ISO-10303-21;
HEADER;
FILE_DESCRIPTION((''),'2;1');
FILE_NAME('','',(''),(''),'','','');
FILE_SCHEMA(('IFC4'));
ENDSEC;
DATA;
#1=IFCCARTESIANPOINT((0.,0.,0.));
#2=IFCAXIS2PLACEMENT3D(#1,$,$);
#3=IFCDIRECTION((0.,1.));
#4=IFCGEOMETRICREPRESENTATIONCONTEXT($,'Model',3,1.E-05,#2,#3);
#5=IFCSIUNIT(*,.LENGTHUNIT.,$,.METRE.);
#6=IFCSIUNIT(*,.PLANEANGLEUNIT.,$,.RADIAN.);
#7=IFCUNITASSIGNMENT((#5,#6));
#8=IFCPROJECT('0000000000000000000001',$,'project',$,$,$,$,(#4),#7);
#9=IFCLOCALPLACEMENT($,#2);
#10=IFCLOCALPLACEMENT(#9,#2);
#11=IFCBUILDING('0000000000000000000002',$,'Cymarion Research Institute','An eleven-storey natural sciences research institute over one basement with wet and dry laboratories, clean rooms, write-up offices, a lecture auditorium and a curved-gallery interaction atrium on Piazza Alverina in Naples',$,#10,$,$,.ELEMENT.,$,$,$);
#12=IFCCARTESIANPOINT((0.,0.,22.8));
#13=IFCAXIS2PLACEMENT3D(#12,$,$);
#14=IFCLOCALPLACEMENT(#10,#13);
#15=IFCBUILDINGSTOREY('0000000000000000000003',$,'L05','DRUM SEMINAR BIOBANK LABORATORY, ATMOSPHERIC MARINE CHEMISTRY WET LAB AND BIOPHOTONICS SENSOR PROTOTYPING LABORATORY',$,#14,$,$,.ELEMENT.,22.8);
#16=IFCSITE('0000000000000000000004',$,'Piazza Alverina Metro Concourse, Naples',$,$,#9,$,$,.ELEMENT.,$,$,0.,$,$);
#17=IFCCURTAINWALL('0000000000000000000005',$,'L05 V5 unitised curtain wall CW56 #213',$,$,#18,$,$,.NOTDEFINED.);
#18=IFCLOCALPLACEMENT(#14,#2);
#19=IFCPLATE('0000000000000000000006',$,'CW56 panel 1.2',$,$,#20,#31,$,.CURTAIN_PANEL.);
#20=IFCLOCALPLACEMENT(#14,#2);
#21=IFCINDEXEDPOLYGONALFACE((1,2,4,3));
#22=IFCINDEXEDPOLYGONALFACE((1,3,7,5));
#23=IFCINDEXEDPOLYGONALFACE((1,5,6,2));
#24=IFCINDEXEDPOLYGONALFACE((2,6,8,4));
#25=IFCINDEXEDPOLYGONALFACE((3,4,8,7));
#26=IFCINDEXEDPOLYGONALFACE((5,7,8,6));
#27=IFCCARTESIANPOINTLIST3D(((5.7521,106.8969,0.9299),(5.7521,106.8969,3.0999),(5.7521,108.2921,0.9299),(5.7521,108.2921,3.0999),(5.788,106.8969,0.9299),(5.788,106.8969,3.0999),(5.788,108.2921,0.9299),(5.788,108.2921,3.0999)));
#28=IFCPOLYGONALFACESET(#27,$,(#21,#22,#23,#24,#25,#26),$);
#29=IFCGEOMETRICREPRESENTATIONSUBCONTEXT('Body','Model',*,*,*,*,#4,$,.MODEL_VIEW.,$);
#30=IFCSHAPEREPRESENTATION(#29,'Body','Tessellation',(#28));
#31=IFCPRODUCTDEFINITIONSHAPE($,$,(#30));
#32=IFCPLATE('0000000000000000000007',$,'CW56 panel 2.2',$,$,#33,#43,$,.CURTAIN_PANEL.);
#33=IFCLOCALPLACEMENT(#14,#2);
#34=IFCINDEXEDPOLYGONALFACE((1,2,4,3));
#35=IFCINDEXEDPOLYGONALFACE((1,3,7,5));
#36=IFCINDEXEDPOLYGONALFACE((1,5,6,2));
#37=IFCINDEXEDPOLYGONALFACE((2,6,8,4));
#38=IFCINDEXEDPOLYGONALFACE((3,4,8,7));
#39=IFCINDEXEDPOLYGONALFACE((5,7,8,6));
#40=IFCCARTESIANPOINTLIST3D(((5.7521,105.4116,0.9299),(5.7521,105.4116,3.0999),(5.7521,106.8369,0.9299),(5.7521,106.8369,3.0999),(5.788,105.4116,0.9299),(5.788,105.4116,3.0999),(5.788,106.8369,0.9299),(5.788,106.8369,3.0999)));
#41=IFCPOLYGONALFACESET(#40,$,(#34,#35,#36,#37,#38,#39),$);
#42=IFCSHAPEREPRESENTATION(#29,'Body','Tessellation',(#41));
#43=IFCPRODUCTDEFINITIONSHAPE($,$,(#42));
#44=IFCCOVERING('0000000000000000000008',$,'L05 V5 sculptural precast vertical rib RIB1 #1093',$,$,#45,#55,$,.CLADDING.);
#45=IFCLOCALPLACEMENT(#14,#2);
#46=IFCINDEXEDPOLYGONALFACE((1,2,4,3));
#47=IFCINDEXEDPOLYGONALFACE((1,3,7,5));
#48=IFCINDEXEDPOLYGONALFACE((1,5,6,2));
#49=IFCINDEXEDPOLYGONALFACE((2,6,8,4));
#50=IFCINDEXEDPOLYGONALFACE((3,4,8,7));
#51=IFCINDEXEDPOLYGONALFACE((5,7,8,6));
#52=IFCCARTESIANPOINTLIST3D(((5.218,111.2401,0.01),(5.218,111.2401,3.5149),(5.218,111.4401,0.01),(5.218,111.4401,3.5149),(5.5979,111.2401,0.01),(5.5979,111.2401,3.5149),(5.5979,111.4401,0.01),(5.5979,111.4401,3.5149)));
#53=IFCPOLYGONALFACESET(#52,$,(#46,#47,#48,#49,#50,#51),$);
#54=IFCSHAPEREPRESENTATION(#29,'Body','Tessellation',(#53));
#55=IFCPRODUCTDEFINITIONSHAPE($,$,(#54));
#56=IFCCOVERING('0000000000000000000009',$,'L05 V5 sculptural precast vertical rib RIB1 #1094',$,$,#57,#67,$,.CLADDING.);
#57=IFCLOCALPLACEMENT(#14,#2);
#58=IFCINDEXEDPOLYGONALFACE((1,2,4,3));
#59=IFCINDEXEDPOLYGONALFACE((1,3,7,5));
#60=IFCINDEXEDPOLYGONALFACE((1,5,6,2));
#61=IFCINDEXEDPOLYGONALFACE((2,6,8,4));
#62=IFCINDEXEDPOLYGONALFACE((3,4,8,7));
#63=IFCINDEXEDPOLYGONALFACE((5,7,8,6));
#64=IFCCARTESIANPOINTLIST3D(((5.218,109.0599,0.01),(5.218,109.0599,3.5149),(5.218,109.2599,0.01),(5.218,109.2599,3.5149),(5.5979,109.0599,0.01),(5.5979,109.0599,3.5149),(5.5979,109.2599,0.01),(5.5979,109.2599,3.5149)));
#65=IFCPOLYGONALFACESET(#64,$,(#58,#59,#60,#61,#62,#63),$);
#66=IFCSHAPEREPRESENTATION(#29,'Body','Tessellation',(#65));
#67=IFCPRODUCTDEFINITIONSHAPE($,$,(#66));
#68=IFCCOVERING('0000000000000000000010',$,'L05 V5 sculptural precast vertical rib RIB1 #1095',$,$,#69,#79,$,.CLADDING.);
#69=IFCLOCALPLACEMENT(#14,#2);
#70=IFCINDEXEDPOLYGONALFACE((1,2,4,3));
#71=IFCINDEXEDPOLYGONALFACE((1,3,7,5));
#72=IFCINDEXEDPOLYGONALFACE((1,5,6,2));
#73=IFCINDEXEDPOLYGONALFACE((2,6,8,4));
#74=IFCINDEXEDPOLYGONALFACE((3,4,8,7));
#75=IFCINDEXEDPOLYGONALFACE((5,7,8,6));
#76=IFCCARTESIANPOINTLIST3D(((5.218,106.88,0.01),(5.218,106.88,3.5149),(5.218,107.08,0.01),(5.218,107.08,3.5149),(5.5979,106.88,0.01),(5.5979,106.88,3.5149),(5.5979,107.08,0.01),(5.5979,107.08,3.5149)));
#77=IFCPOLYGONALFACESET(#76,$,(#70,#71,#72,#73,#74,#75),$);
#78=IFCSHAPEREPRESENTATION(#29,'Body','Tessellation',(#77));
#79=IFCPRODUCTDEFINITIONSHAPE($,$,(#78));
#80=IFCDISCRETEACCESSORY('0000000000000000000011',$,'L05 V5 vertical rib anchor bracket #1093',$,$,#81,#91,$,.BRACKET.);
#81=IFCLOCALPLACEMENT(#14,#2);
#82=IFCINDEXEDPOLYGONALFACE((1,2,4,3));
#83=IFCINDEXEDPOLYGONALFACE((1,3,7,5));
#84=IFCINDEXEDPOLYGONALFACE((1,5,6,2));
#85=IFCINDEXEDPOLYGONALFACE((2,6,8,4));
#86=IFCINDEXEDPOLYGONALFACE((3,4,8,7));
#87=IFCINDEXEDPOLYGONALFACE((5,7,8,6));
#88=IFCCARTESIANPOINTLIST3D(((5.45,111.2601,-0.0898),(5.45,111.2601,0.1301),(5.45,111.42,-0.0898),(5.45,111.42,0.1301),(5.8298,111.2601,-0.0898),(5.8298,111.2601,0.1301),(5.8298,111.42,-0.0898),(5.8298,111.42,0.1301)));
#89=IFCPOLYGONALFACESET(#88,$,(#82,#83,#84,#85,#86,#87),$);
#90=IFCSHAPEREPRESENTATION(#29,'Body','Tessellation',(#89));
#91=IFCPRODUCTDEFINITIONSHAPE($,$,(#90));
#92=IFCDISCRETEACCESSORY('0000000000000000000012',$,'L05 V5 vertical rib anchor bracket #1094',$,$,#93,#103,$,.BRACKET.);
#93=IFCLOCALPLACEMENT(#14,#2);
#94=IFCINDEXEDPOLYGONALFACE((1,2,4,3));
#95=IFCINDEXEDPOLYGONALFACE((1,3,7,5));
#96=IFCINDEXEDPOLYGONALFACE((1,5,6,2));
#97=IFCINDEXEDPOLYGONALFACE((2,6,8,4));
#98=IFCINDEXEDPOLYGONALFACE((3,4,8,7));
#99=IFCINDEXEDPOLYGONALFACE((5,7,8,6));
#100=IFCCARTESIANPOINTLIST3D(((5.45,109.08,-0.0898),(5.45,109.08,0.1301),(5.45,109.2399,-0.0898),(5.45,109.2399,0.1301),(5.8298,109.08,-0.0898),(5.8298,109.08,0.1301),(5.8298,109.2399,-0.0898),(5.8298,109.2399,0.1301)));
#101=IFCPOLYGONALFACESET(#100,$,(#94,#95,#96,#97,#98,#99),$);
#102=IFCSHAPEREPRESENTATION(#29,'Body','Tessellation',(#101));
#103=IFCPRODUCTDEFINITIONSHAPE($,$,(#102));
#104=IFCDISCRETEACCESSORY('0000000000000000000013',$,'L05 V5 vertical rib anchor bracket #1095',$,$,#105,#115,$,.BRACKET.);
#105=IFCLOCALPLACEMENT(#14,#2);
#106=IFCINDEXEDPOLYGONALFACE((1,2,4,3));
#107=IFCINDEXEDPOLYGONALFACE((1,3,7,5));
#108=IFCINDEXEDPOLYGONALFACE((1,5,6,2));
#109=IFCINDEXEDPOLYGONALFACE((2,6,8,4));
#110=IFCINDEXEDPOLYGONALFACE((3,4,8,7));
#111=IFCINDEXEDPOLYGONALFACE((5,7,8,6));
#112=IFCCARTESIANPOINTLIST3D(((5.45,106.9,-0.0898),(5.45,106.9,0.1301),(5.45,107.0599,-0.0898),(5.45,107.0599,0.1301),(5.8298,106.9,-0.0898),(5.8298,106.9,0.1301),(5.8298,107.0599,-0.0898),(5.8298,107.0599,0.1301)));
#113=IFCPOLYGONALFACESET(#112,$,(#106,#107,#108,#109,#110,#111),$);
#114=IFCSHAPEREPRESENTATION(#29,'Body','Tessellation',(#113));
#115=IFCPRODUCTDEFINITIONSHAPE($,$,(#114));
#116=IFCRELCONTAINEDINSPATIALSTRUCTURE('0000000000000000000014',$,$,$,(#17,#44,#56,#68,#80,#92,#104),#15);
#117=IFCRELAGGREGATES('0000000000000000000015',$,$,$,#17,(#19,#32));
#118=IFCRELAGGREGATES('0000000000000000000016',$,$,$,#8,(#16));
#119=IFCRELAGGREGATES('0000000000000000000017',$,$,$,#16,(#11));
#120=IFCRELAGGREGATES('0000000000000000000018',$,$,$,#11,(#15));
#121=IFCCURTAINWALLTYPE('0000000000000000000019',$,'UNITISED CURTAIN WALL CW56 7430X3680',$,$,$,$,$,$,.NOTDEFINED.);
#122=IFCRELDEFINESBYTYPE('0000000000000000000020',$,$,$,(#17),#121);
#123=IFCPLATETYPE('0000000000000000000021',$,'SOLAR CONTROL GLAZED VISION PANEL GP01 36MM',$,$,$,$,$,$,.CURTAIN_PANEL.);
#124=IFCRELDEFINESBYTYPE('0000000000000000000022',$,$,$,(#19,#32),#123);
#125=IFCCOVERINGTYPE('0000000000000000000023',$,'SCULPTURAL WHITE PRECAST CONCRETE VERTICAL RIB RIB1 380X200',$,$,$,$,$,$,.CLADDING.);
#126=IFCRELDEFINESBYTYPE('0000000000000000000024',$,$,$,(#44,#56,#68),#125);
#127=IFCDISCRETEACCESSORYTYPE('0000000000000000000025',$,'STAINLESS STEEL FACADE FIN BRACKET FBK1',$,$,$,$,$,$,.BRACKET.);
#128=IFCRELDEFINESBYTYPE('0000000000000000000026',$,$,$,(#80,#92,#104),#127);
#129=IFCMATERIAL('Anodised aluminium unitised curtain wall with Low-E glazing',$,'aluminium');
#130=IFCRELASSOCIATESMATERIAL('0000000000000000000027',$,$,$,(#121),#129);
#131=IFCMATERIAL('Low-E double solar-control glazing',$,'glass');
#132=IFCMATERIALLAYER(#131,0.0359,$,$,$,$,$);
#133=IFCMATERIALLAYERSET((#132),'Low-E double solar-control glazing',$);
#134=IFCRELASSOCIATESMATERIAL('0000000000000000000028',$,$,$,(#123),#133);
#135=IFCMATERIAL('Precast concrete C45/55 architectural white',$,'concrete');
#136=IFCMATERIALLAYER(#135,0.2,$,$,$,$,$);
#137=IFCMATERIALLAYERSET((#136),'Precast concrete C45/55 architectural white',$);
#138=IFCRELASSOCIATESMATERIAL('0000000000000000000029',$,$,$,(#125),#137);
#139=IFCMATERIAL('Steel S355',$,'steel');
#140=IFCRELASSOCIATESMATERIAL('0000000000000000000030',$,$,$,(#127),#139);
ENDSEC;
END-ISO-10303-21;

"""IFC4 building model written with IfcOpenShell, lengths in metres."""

from ifc_helpers import new_model, si_unit, direction, frame, origin, origin_2d, place, context, subcontext, project, spatial, rectangle, extrude, material, layer, layer_set, type_object, element, aggregate, save


model = new_model("IFC4")

# Units and contexts
model_context = context("Model", 3, precision=1e-05, world=origin(), true_north=direction((0.0, 1.0)))
body_context = subcontext(model_context, "Body", "Model", "MODEL_VIEW")
ifc_project = project(units=[si_unit("LENGTHUNIT", "METRE"), si_unit("PLANEANGLEUNIT", "RADIAN")], contexts=[model_context])

# Site, building, storey
site_placement = place(None, origin())
site = spatial("IfcSite", under=ifc_project, at=site_placement, Name="Piazza Alverina Metro Concourse, Naples", CompositionType="ELEMENT", RefElevation=0.0)
building_placement = place(site_placement, origin())
building = spatial("IfcBuilding", under=site, at=building_placement, Name="Cymarion Research Institute", Description="An eleven-storey natural sciences research institute over one basement with wet and dry laboratories, clean rooms, write-up offices, a lecture auditorium and a curved-gallery interaction atrium on Piazza Alverina in Naples", CompositionType="ELEMENT")
storey_placement = place(building_placement, frame((0.0, 0.0, 22.8)))
storey = spatial("IfcBuildingStorey", under=building, at=storey_placement, Name="L05", Description="DRUM SEMINAR BIOBANK LABORATORY, ATMOSPHERIC MARINE CHEMISTRY WET LAB AND BIOPHOTONICS SENSOR PROTOTYPING LABORATORY", CompositionType="ELEMENT", Elevation=22.8)

# Shared definitions
ifc_material_1 = material(Name="Anodised aluminium unitised curtain wall with Low-E glazing", Category="aluminium")
curtain_wall_type = type_object("IfcCurtainWallType", Name="UNITISED CURTAIN WALL CW56 7430X3680", PredefinedType="NOTDEFINED", material=ifc_material_1)

# Curtain wall, plates
curtain_wall_1_placement = place(storey_placement, origin())
curtain_wall_1 = element("IfcCurtainWall", 1, at=curtain_wall_1_placement, inside=storey, type_object=curtain_wall_type, Name="L05 V5 unitised curtain wall CW56 #213", PredefinedType="NOTDEFINED")
ifc_material_2 = material(Name="Low-E double solar-control glazing", Category="glass")
ifc_layer_1 = layer(ifc_material_2, 0.0359)
ifc_layer_set_1 = layer_set([ifc_layer_1], Name="Low-E double solar-control glazing")
plate_type_1 = type_object("IfcPlateType", Name="SOLAR CONTROL GLAZED VISION PANEL GP01 36MM", PredefinedType="CURTAIN_PANEL", material=ifc_layer_set_1)
plate_1_placement = place(storey_placement, frame((5.77, 107.5945, 0.9299), z_axis=(0.0, 0.0, 1.0), x_axis=(0.0, -1.0, 0.0)))
plate_1 = element("IfcPlate", 2, at=plate_1_placement, type_object=plate_type_1, Name="CW56 panel 1.2", PredefinedType="CURTAIN_PANEL", context=body_context, shape_type="SweptSolid", body=[
    extrude(rectangle(XDim=1.3953, YDim=0.0359, at=origin_2d()), origin(), (0.0, 0.0, 1.0), 2.1699),
])
plate_2_placement = place(storey_placement, frame((5.77, 106.1243, 0.9299), z_axis=(0.0, 0.0, 1.0), x_axis=(0.0, -1.0, 0.0)))
plate_2 = element("IfcPlate", 3, at=plate_2_placement, type_object=plate_type_1, Name="CW56 panel 2.2", PredefinedType="CURTAIN_PANEL", context=body_context, shape_type="SweptSolid", body=[
    extrude(rectangle(XDim=1.4253, YDim=0.0359, at=origin_2d()), origin(), (0.0, 0.0, 1.0), 2.1699),
])
aggregate(curtain_wall_1, [plate_1, plate_2])

# Coverings
ifc_material_3 = material(Name="Precast concrete C45/55 architectural white", Category="concrete")
ifc_layer_2 = layer(ifc_material_3, 0.2)
ifc_layer_set_2 = layer_set([ifc_layer_2], Name="Precast concrete C45/55 architectural white")
covering_type = type_object("IfcCoveringType", Name="SCULPTURAL WHITE PRECAST CONCRETE VERTICAL RIB RIB1 380X200", PredefinedType="CLADDING", material=ifc_layer_set_2)
for number, where, z_axis, x_axis, name in (
    (4, (5.408, 111.3401, 0.01), (0.0, 0.0, 1.0), (-1.0, 0.0, 0.0), "L05 V5 sculptural precast vertical rib RIB1 #1093"),
    (5, (5.408, 109.1599, 0.01), (0.0, 0.0, 1.0), (-1.0, 0.0, 0.0), "L05 V5 sculptural precast vertical rib RIB1 #1094"),
    (6, (5.408, 106.98, 0.01), (0.0, 0.0, 1.0), (-1.0, 0.0, 0.0), "L05 V5 sculptural precast vertical rib RIB1 #1095"),
):
    element("IfcCovering", number, at=place(storey_placement, frame(where, z_axis=z_axis, x_axis=x_axis)), inside=storey, type_object=covering_type, Name=name, PredefinedType="CLADDING", context=body_context, shape_type="SweptSolid", body=[
        extrude(rectangle(XDim=0.3799, YDim=0.2, at=origin_2d()), origin(), (0.0, 0.0, 1.0), 3.5049),
    ])

# Discrete accessories
ifc_material_4 = material(Name="Steel S355", Category="steel")
discrete_accessory_type = type_object("IfcDiscreteAccessoryType", Name="STAINLESS STEEL FACADE FIN BRACKET FBK1", PredefinedType="BRACKET", material=ifc_material_4)
for number, where, z_axis, x_axis, name in (
    (7, (5.6399, 111.3401, -0.0898), (0.0, 0.0, 1.0), (-1.0, 0.0, 0.0), "L05 V5 vertical rib anchor bracket #1093"),
    (8, (5.6399, 109.1599, -0.0898), (0.0, 0.0, 1.0), (-1.0, 0.0, 0.0), "L05 V5 vertical rib anchor bracket #1094"),
    (9, (5.6399, 106.98, -0.0898), (0.0, 0.0, 1.0), (-1.0, 0.0, 0.0), "L05 V5 vertical rib anchor bracket #1095"),
):
    element("IfcDiscreteAccessory", number, at=place(storey_placement, frame(where, z_axis=z_axis, x_axis=x_axis)), inside=storey, type_object=discrete_accessory_type, Name=name, PredefinedType="BRACKET", context=body_context, shape_type="SweptSolid", body=[
        extrude(rectangle(XDim=0.3799, YDim=0.1599, at=origin_2d()), origin(), (0.0, 0.0, 1.0), 0.22),
    ])

save(model, "model.ifc")
